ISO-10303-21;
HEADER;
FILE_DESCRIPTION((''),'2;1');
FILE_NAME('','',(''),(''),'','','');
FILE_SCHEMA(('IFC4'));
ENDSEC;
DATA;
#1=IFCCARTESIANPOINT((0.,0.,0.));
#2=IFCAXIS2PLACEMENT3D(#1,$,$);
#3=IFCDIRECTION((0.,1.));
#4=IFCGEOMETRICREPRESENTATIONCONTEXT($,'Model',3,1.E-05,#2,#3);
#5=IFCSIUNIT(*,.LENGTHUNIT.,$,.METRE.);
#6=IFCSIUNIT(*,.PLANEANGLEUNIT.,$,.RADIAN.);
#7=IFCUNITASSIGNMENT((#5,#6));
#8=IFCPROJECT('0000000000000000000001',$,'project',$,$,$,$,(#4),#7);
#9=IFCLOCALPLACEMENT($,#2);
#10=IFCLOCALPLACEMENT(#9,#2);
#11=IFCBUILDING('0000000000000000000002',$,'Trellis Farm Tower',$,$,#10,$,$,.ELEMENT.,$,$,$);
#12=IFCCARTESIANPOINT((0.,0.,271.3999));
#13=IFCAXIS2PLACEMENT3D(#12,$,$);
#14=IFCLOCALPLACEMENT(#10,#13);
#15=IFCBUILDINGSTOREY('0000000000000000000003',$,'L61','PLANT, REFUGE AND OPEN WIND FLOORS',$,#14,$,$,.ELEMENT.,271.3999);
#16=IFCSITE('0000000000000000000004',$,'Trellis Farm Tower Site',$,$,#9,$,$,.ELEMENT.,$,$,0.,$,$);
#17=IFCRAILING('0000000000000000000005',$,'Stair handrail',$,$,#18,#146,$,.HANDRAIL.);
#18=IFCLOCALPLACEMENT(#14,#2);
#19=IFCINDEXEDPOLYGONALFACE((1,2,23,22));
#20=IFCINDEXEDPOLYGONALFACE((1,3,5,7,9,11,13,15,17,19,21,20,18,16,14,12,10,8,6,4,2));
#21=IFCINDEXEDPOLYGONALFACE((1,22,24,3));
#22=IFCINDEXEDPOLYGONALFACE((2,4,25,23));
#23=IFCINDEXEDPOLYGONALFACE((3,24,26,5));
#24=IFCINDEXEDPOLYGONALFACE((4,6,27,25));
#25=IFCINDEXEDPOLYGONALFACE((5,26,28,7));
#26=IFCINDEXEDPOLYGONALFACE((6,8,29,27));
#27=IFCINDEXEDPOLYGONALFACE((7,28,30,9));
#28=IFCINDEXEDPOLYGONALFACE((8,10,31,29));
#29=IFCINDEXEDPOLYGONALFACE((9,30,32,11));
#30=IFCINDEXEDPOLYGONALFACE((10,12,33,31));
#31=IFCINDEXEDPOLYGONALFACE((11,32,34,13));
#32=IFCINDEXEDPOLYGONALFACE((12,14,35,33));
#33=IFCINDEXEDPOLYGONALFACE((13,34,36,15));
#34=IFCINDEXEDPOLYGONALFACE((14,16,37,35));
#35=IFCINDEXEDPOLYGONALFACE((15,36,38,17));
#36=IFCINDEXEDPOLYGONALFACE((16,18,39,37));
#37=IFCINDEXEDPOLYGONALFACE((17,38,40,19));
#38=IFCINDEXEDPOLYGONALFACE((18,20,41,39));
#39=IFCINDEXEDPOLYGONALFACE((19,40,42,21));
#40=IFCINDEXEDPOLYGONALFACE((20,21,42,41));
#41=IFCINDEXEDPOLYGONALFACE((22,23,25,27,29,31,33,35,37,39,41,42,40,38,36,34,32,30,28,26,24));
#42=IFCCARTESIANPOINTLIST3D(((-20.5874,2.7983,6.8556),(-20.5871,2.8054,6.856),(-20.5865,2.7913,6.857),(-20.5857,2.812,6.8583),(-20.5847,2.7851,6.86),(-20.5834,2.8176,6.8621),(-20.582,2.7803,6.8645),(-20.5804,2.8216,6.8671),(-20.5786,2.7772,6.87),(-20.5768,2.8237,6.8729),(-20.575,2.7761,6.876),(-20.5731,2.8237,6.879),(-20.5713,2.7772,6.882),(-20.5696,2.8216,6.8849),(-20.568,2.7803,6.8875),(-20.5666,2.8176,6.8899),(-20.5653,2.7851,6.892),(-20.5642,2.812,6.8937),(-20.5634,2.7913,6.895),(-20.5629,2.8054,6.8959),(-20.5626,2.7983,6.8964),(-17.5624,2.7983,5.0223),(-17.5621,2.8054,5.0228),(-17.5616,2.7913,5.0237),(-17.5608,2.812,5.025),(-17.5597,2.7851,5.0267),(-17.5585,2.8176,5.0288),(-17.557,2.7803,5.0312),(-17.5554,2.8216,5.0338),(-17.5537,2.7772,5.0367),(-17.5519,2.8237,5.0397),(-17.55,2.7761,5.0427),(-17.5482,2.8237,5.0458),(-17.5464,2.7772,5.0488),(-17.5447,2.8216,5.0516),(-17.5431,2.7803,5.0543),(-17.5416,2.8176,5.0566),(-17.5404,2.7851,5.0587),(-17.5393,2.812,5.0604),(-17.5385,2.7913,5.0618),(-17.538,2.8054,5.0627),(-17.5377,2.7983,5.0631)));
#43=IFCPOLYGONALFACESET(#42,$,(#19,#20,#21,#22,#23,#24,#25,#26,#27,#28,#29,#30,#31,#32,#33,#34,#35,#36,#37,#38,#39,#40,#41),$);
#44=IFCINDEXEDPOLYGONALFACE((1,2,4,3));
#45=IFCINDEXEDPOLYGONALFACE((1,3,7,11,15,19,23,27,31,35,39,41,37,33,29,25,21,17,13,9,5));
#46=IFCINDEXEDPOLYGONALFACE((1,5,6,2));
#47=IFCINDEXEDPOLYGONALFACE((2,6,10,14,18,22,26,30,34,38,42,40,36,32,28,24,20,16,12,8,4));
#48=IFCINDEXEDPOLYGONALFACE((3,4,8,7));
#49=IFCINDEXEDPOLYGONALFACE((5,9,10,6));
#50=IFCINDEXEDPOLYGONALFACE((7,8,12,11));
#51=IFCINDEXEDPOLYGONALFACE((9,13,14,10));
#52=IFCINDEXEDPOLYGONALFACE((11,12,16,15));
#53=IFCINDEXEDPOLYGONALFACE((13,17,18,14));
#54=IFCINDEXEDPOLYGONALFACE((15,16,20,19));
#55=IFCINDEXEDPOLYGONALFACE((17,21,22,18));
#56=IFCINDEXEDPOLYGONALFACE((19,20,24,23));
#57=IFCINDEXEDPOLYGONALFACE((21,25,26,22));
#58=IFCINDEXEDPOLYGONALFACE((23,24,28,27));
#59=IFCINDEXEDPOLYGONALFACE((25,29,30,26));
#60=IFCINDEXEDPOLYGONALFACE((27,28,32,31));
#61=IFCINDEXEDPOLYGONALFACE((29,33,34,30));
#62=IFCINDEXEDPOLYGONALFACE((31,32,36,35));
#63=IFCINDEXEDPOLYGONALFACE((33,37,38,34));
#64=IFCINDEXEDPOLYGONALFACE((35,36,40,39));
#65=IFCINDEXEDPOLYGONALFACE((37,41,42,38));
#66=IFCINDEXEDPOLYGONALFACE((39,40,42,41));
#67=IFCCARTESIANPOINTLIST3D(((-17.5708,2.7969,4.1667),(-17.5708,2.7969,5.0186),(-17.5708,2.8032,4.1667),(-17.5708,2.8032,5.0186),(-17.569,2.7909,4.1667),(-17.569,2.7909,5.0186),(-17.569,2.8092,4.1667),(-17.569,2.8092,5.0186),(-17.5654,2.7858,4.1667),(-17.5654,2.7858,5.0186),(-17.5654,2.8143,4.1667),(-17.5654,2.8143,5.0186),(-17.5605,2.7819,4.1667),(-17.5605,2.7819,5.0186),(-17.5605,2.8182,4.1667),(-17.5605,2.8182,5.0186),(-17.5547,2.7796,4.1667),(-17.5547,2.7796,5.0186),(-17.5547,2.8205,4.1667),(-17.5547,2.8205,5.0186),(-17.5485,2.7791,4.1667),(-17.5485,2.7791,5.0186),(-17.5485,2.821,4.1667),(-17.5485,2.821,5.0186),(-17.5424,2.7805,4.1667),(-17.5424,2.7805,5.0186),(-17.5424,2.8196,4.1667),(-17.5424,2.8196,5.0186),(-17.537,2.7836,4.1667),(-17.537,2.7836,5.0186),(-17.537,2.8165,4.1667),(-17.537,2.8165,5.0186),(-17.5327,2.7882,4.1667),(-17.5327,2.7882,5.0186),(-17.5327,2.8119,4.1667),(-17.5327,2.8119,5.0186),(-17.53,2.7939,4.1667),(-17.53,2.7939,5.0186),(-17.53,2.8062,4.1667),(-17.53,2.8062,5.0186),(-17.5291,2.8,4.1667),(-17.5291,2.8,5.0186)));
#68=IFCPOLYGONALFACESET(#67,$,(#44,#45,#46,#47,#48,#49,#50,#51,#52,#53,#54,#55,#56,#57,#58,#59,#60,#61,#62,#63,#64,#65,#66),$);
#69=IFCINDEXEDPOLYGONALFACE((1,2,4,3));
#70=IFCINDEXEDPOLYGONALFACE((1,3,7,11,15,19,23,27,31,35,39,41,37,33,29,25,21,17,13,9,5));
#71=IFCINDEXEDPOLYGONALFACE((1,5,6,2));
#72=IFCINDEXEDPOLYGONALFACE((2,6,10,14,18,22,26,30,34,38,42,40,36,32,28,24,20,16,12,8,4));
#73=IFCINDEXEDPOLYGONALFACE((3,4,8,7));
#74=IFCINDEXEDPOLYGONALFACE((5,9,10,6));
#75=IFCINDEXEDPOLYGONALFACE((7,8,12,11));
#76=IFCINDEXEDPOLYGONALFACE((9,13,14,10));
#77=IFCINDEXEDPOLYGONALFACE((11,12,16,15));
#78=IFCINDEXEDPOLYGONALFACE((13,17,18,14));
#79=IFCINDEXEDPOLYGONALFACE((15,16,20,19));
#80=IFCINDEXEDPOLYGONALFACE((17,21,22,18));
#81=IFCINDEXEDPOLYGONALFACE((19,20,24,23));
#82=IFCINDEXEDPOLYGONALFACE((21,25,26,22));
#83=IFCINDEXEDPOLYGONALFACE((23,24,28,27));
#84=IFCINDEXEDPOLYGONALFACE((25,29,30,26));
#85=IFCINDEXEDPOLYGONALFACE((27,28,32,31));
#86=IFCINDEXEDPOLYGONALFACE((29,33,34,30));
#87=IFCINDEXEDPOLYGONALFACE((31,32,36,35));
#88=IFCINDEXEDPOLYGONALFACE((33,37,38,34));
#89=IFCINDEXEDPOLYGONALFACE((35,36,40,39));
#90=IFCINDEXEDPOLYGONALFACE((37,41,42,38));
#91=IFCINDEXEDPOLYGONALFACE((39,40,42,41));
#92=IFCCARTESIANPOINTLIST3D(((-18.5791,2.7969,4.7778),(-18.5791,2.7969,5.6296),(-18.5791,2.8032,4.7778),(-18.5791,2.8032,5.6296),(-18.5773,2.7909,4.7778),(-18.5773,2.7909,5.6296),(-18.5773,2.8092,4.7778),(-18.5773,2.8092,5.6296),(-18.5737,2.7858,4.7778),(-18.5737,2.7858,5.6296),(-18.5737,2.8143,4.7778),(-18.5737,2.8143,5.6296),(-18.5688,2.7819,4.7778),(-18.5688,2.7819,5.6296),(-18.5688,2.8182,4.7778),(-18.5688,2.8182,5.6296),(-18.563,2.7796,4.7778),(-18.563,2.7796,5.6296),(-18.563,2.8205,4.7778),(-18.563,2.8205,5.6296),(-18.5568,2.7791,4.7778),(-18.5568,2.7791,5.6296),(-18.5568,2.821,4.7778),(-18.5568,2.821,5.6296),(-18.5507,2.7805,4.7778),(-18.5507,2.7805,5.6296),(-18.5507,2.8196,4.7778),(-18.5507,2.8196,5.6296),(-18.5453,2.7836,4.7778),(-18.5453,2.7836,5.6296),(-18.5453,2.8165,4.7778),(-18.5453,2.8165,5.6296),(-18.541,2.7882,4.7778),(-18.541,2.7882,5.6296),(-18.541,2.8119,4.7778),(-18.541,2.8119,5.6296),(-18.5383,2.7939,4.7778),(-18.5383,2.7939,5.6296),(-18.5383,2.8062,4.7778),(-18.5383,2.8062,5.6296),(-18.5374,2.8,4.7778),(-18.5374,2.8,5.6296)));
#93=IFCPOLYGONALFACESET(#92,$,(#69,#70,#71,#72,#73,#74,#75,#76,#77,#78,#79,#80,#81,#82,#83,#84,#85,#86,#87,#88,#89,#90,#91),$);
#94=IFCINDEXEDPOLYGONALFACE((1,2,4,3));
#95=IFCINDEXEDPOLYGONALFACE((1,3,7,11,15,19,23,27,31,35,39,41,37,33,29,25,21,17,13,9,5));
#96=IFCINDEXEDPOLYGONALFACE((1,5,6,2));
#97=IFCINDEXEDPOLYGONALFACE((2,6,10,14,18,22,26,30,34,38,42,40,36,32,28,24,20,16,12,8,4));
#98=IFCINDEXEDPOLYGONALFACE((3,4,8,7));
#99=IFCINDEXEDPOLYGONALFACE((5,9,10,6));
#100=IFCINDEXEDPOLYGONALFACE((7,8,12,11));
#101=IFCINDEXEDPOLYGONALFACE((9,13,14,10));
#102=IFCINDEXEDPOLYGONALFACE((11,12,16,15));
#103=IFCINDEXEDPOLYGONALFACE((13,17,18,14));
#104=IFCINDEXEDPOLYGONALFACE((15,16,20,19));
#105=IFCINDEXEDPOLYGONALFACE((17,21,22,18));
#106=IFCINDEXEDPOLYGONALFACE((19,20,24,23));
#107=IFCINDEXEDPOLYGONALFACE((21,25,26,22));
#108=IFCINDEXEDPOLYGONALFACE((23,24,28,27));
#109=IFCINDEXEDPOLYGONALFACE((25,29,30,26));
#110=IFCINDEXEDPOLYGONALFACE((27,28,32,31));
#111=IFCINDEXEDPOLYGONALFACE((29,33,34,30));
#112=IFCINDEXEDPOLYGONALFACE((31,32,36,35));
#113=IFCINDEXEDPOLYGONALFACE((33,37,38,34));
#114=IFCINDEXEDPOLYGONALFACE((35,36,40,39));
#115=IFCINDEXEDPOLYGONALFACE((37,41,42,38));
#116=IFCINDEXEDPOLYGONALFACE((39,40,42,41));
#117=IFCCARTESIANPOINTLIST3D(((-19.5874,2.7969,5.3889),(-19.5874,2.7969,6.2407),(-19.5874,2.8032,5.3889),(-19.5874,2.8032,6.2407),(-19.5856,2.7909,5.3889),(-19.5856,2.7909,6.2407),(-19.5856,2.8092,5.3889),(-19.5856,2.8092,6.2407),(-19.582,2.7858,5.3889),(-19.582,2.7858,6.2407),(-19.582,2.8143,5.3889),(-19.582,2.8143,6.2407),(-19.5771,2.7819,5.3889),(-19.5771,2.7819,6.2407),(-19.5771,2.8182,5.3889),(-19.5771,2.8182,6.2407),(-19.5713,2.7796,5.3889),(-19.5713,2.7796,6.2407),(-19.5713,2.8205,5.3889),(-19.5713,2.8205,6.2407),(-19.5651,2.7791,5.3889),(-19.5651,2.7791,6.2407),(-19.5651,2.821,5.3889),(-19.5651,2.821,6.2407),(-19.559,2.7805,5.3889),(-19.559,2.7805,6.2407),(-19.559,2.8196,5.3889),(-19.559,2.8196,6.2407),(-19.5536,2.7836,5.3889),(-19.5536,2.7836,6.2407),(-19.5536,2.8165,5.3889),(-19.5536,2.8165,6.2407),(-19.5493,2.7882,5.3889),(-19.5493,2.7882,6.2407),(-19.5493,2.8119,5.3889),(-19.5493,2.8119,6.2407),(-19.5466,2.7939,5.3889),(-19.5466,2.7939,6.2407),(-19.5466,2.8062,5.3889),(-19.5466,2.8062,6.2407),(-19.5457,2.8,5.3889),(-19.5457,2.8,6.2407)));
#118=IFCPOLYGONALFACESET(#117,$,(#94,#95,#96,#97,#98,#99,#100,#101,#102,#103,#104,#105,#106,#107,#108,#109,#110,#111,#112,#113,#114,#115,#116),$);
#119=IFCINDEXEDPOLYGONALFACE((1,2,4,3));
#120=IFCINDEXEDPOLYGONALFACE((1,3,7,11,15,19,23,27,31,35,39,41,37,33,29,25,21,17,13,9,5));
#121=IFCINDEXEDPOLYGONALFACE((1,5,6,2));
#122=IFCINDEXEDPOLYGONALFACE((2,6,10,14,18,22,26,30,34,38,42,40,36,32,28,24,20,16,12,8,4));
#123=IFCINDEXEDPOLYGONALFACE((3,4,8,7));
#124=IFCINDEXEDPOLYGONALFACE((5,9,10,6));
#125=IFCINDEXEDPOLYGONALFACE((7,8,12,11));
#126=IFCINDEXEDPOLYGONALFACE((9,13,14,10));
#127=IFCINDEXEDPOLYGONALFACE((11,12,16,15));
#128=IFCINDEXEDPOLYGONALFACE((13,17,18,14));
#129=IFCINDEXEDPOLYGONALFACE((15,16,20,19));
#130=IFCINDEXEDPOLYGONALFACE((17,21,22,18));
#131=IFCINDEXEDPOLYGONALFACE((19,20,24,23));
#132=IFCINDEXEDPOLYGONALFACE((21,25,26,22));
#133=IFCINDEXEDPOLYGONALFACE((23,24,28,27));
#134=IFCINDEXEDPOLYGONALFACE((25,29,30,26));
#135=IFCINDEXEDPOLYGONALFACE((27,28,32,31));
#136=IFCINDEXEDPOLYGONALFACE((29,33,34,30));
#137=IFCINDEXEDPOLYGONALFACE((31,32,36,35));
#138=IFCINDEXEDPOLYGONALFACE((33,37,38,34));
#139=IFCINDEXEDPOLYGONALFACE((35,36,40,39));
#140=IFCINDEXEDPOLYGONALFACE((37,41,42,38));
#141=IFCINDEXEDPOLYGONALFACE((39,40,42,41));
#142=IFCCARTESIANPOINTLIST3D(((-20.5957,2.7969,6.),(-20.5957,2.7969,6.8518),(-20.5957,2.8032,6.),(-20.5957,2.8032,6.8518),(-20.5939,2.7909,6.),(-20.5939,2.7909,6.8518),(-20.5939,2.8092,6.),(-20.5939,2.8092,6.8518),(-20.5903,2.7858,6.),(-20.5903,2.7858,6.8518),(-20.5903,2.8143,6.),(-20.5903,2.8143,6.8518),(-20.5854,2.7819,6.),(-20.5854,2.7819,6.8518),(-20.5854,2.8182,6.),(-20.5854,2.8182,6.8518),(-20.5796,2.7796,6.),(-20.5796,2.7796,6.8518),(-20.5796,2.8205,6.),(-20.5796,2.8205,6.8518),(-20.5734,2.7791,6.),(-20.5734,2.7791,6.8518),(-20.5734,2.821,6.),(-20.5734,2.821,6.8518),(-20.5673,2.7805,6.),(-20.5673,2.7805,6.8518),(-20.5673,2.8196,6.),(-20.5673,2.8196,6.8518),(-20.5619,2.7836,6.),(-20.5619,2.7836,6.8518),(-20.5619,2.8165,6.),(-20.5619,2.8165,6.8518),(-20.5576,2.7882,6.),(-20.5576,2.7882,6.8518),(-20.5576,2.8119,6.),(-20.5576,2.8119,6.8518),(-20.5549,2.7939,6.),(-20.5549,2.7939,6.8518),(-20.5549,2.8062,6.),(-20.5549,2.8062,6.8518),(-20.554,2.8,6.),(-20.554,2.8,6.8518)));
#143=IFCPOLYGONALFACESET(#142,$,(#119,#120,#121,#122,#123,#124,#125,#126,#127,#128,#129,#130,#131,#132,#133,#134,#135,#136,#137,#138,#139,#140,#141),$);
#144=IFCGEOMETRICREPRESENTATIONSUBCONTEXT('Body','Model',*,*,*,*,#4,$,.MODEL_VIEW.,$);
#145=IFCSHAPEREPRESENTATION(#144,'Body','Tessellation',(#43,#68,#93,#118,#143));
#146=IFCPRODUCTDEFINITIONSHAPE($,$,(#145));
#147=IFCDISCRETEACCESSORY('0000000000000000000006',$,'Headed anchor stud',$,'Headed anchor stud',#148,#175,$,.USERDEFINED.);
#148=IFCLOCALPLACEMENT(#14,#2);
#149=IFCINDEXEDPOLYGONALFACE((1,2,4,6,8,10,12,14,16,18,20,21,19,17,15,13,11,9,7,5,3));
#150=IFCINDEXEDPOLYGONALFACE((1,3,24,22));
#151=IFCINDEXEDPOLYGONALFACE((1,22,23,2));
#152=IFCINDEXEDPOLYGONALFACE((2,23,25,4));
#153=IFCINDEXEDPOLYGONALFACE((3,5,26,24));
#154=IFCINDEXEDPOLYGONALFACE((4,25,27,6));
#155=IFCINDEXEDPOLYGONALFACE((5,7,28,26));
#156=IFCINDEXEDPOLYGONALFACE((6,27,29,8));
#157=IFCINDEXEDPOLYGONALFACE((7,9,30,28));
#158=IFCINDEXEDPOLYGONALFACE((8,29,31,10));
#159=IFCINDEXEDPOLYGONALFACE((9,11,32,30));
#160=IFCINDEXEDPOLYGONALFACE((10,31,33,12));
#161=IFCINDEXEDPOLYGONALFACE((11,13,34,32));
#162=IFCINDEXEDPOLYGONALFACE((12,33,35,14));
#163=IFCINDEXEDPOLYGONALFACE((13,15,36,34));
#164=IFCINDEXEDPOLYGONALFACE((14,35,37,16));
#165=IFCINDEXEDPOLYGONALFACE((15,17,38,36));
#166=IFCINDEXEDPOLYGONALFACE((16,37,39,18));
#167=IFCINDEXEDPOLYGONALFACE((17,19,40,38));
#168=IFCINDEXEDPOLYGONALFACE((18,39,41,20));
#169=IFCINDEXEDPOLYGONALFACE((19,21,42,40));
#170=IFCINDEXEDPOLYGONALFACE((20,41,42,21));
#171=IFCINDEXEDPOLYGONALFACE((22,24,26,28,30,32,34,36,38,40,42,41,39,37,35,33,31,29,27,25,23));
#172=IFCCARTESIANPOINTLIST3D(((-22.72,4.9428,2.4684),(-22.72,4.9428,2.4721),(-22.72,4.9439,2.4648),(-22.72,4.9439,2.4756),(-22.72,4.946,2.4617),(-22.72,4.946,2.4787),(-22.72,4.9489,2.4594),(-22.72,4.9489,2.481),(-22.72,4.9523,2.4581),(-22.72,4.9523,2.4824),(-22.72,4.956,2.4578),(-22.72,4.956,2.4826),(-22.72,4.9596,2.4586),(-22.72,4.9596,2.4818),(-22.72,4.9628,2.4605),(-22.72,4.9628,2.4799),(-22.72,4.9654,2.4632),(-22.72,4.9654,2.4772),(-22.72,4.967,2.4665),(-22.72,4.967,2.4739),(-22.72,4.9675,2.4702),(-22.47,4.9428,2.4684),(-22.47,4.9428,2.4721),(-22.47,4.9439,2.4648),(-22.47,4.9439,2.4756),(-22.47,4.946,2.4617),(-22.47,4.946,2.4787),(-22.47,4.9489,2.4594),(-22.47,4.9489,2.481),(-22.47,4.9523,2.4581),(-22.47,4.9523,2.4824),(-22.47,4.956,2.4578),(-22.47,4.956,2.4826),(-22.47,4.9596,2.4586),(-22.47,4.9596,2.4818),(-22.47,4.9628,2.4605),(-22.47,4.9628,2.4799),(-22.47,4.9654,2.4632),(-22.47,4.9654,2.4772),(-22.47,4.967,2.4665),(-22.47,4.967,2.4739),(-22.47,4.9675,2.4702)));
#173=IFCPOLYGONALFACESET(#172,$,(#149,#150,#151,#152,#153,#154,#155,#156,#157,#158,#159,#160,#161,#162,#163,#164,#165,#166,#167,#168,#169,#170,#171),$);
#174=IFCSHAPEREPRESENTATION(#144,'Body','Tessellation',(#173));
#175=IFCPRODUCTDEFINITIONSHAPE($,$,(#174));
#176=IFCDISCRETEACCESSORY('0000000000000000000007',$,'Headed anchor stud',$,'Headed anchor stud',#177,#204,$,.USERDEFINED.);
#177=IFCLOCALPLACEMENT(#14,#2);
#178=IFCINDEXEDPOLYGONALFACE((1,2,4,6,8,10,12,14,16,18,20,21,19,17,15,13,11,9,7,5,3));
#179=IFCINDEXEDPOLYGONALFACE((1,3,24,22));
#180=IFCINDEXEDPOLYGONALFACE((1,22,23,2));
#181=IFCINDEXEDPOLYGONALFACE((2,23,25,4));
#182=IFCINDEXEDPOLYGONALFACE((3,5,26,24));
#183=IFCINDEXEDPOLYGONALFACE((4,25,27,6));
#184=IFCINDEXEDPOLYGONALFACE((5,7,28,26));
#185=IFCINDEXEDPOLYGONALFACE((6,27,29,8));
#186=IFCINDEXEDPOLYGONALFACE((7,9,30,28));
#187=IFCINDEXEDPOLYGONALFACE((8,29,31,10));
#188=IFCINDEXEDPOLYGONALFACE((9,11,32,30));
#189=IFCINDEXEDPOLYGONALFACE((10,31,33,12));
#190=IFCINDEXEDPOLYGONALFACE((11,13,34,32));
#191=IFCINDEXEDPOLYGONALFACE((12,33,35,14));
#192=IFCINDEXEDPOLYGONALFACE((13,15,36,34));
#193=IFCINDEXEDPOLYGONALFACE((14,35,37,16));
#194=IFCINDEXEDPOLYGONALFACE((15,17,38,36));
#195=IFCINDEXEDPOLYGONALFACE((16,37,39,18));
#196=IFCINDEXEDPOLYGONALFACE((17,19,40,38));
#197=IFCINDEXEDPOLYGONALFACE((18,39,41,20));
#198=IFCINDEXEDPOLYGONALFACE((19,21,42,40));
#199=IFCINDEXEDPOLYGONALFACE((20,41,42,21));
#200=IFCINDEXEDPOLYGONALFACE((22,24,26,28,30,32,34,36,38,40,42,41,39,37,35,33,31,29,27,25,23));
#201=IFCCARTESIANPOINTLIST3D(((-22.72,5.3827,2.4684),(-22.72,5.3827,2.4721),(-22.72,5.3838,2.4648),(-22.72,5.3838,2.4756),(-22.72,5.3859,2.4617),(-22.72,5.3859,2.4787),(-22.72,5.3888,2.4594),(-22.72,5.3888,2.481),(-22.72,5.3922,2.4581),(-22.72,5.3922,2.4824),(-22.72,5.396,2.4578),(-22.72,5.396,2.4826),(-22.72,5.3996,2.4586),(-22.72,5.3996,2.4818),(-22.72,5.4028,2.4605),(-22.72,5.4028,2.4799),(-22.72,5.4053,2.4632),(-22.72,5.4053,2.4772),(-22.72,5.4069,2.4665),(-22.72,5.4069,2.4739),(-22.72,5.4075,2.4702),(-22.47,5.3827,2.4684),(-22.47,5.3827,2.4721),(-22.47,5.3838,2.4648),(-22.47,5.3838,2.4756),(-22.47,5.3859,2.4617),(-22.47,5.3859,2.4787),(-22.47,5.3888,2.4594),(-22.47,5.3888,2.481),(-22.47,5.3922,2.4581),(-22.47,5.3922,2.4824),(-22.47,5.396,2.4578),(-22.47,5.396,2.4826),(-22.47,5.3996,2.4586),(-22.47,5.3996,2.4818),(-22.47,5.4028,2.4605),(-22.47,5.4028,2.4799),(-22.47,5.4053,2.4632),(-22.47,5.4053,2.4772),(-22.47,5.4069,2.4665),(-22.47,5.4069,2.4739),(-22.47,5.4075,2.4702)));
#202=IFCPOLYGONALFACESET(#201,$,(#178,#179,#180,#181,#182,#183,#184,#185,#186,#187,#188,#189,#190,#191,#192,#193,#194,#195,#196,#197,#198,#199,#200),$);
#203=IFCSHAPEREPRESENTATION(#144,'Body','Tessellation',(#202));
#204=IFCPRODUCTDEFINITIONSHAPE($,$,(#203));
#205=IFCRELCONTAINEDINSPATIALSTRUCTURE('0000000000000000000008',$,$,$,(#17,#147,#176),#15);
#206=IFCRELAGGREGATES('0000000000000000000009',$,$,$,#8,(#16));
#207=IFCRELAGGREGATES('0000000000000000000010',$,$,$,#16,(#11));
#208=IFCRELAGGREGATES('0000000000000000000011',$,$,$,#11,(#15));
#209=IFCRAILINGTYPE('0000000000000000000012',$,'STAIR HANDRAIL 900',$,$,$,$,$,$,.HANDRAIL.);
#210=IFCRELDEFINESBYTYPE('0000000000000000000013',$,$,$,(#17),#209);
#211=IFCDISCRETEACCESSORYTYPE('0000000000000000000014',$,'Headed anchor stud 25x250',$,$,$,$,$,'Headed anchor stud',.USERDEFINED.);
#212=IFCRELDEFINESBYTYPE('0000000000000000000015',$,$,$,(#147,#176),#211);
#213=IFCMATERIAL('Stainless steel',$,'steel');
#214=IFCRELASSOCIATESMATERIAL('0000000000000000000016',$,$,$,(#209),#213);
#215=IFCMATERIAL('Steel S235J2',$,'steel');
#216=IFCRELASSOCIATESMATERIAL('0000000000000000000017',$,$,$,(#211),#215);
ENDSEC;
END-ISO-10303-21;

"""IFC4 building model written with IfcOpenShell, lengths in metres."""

from ifc_helpers import new_model, si_unit, direction, frame, origin, origin_2d, place, context, subcontext, project, spatial, circle, extrude, source, transform, mapped, material, material_profile, profile_set, type_object, element, save


model = new_model("IFC4")

# Units and contexts
model_context = context("Model", 3, precision=1e-05, world=origin(), true_north=direction((0.0, 1.0)))
body_context = subcontext(model_context, "Body", "Model", "MODEL_VIEW")
ifc_project = project(units=[si_unit("LENGTHUNIT", "METRE"), si_unit("PLANEANGLEUNIT", "RADIAN")], contexts=[model_context])

# Site, building, storey
site_placement = place(None, origin())
site = spatial("IfcSite", under=ifc_project, at=site_placement, Name="Trellis Farm Tower Site", CompositionType="ELEMENT", RefElevation=0.0)
building_placement = place(site_placement, origin())
building = spatial("IfcBuilding", under=site, at=building_placement, Name="Trellis Farm Tower", CompositionType="ELEMENT")
storey_placement = place(building_placement, frame((0.0, 0.0, 271.3999)))
storey = spatial("IfcBuildingStorey", under=building, at=storey_placement, Name="L61", Description="PLANT, REFUGE AND OPEN WIND FLOORS", CompositionType="ELEMENT", Elevation=271.3999)

# Railing
ifc_material_1 = material(Name="Stainless steel", Category="steel")
railing_type_1 = type_object("IfcRailingType", Name="STAIR HANDRAIL 900", PredefinedType="HANDRAIL", material=ifc_material_1)
shared_shape_1 = source(origin(), body_context, "Body", "SweptSolid", [
    extrude(circle(Radius=0.0239, at=origin_2d()), frame((0.0, 0.0, 0.876), z_axis=(-0.855201, 0.0, 0.518297), x_axis=(0.0, -1.0, 0.0)), (0.0, 0.0, 1.0), 3.5371),
    extrude(circle(Radius=0.021, at=origin_2d()), origin(), (0.0, 0.0, 1.0), 0.8518),
    extrude(circle(Radius=0.021, at=origin_2d()), frame((-1.0083, 0.0, 0.6111)), (0.0, 0.0, 1.0), 0.8518),
    extrude(circle(Radius=0.021, at=origin_2d()), frame((-2.0166, 0.0, 1.2222)), (0.0, 0.0, 1.0), 0.8518),
    extrude(circle(Radius=0.021, at=origin_2d()), frame((-3.0249, 0.0, 1.8333)), (0.0, 0.0, 1.0), 0.8518),
])
for number, where, name in (
    (1, (-17.55, 2.8, 4.1667), "Stair handrail"),
):
    element("IfcRailing", number, at=place(storey_placement, frame(where)), inside=storey, type_object=railing_type_1, Name=name, PredefinedType="HANDRAIL", context=body_context, shape_type="MappedRepresentation", body=[
        mapped(shared_shape_1, transform((0.0, 0.0, 0.0))),
    ])

# Discrete accessories
ifc_material_2 = material(Name="Steel S235J2", Category="steel")
ifc_material_profile_1 = material_profile(ifc_material_2, circle(Radius=0.0125, at=origin_2d()), Name="Headed anchor stud 25x250")
ifc_profile_set_1 = profile_set([ifc_material_profile_1], Name="Steel S235J2")
discrete_accessory_type = type_object("IfcDiscreteAccessoryType", Name="Headed anchor stud 25x250", ElementType="Headed anchor stud", PredefinedType="USERDEFINED", material=ifc_profile_set_1)
shared_shape_2 = source(origin(), body_context, "Body", "SweptSolid", [
    extrude(circle(Radius=0.0125, at=origin_2d()), origin(), (0.0, 0.0, 1.0), 0.25),
])
for number, where, z_axis, x_axis, name in (
    (2, (-22.72, 4.9551, 2.4702), (1.0, 0.0, 0.0), (0.0, 1.0, 0.0), "Headed anchor stud"),
    (3, (-22.72, 5.395, 2.4702), (1.0, 0.0, 0.0), (0.0, 1.0, 0.0), "Headed anchor stud"),
):
    element("IfcDiscreteAccessory", number, at=place(storey_placement, frame(where, z_axis=z_axis, x_axis=x_axis)), inside=storey, type_object=discrete_accessory_type, Name=name, ObjectType="Headed anchor stud", PredefinedType="USERDEFINED", context=body_context, shape_type="MappedRepresentation", body=[
        mapped(shared_shape_2, transform((0.0, 0.0, 0.0))),
    ])

save(model, "model.ifc")
